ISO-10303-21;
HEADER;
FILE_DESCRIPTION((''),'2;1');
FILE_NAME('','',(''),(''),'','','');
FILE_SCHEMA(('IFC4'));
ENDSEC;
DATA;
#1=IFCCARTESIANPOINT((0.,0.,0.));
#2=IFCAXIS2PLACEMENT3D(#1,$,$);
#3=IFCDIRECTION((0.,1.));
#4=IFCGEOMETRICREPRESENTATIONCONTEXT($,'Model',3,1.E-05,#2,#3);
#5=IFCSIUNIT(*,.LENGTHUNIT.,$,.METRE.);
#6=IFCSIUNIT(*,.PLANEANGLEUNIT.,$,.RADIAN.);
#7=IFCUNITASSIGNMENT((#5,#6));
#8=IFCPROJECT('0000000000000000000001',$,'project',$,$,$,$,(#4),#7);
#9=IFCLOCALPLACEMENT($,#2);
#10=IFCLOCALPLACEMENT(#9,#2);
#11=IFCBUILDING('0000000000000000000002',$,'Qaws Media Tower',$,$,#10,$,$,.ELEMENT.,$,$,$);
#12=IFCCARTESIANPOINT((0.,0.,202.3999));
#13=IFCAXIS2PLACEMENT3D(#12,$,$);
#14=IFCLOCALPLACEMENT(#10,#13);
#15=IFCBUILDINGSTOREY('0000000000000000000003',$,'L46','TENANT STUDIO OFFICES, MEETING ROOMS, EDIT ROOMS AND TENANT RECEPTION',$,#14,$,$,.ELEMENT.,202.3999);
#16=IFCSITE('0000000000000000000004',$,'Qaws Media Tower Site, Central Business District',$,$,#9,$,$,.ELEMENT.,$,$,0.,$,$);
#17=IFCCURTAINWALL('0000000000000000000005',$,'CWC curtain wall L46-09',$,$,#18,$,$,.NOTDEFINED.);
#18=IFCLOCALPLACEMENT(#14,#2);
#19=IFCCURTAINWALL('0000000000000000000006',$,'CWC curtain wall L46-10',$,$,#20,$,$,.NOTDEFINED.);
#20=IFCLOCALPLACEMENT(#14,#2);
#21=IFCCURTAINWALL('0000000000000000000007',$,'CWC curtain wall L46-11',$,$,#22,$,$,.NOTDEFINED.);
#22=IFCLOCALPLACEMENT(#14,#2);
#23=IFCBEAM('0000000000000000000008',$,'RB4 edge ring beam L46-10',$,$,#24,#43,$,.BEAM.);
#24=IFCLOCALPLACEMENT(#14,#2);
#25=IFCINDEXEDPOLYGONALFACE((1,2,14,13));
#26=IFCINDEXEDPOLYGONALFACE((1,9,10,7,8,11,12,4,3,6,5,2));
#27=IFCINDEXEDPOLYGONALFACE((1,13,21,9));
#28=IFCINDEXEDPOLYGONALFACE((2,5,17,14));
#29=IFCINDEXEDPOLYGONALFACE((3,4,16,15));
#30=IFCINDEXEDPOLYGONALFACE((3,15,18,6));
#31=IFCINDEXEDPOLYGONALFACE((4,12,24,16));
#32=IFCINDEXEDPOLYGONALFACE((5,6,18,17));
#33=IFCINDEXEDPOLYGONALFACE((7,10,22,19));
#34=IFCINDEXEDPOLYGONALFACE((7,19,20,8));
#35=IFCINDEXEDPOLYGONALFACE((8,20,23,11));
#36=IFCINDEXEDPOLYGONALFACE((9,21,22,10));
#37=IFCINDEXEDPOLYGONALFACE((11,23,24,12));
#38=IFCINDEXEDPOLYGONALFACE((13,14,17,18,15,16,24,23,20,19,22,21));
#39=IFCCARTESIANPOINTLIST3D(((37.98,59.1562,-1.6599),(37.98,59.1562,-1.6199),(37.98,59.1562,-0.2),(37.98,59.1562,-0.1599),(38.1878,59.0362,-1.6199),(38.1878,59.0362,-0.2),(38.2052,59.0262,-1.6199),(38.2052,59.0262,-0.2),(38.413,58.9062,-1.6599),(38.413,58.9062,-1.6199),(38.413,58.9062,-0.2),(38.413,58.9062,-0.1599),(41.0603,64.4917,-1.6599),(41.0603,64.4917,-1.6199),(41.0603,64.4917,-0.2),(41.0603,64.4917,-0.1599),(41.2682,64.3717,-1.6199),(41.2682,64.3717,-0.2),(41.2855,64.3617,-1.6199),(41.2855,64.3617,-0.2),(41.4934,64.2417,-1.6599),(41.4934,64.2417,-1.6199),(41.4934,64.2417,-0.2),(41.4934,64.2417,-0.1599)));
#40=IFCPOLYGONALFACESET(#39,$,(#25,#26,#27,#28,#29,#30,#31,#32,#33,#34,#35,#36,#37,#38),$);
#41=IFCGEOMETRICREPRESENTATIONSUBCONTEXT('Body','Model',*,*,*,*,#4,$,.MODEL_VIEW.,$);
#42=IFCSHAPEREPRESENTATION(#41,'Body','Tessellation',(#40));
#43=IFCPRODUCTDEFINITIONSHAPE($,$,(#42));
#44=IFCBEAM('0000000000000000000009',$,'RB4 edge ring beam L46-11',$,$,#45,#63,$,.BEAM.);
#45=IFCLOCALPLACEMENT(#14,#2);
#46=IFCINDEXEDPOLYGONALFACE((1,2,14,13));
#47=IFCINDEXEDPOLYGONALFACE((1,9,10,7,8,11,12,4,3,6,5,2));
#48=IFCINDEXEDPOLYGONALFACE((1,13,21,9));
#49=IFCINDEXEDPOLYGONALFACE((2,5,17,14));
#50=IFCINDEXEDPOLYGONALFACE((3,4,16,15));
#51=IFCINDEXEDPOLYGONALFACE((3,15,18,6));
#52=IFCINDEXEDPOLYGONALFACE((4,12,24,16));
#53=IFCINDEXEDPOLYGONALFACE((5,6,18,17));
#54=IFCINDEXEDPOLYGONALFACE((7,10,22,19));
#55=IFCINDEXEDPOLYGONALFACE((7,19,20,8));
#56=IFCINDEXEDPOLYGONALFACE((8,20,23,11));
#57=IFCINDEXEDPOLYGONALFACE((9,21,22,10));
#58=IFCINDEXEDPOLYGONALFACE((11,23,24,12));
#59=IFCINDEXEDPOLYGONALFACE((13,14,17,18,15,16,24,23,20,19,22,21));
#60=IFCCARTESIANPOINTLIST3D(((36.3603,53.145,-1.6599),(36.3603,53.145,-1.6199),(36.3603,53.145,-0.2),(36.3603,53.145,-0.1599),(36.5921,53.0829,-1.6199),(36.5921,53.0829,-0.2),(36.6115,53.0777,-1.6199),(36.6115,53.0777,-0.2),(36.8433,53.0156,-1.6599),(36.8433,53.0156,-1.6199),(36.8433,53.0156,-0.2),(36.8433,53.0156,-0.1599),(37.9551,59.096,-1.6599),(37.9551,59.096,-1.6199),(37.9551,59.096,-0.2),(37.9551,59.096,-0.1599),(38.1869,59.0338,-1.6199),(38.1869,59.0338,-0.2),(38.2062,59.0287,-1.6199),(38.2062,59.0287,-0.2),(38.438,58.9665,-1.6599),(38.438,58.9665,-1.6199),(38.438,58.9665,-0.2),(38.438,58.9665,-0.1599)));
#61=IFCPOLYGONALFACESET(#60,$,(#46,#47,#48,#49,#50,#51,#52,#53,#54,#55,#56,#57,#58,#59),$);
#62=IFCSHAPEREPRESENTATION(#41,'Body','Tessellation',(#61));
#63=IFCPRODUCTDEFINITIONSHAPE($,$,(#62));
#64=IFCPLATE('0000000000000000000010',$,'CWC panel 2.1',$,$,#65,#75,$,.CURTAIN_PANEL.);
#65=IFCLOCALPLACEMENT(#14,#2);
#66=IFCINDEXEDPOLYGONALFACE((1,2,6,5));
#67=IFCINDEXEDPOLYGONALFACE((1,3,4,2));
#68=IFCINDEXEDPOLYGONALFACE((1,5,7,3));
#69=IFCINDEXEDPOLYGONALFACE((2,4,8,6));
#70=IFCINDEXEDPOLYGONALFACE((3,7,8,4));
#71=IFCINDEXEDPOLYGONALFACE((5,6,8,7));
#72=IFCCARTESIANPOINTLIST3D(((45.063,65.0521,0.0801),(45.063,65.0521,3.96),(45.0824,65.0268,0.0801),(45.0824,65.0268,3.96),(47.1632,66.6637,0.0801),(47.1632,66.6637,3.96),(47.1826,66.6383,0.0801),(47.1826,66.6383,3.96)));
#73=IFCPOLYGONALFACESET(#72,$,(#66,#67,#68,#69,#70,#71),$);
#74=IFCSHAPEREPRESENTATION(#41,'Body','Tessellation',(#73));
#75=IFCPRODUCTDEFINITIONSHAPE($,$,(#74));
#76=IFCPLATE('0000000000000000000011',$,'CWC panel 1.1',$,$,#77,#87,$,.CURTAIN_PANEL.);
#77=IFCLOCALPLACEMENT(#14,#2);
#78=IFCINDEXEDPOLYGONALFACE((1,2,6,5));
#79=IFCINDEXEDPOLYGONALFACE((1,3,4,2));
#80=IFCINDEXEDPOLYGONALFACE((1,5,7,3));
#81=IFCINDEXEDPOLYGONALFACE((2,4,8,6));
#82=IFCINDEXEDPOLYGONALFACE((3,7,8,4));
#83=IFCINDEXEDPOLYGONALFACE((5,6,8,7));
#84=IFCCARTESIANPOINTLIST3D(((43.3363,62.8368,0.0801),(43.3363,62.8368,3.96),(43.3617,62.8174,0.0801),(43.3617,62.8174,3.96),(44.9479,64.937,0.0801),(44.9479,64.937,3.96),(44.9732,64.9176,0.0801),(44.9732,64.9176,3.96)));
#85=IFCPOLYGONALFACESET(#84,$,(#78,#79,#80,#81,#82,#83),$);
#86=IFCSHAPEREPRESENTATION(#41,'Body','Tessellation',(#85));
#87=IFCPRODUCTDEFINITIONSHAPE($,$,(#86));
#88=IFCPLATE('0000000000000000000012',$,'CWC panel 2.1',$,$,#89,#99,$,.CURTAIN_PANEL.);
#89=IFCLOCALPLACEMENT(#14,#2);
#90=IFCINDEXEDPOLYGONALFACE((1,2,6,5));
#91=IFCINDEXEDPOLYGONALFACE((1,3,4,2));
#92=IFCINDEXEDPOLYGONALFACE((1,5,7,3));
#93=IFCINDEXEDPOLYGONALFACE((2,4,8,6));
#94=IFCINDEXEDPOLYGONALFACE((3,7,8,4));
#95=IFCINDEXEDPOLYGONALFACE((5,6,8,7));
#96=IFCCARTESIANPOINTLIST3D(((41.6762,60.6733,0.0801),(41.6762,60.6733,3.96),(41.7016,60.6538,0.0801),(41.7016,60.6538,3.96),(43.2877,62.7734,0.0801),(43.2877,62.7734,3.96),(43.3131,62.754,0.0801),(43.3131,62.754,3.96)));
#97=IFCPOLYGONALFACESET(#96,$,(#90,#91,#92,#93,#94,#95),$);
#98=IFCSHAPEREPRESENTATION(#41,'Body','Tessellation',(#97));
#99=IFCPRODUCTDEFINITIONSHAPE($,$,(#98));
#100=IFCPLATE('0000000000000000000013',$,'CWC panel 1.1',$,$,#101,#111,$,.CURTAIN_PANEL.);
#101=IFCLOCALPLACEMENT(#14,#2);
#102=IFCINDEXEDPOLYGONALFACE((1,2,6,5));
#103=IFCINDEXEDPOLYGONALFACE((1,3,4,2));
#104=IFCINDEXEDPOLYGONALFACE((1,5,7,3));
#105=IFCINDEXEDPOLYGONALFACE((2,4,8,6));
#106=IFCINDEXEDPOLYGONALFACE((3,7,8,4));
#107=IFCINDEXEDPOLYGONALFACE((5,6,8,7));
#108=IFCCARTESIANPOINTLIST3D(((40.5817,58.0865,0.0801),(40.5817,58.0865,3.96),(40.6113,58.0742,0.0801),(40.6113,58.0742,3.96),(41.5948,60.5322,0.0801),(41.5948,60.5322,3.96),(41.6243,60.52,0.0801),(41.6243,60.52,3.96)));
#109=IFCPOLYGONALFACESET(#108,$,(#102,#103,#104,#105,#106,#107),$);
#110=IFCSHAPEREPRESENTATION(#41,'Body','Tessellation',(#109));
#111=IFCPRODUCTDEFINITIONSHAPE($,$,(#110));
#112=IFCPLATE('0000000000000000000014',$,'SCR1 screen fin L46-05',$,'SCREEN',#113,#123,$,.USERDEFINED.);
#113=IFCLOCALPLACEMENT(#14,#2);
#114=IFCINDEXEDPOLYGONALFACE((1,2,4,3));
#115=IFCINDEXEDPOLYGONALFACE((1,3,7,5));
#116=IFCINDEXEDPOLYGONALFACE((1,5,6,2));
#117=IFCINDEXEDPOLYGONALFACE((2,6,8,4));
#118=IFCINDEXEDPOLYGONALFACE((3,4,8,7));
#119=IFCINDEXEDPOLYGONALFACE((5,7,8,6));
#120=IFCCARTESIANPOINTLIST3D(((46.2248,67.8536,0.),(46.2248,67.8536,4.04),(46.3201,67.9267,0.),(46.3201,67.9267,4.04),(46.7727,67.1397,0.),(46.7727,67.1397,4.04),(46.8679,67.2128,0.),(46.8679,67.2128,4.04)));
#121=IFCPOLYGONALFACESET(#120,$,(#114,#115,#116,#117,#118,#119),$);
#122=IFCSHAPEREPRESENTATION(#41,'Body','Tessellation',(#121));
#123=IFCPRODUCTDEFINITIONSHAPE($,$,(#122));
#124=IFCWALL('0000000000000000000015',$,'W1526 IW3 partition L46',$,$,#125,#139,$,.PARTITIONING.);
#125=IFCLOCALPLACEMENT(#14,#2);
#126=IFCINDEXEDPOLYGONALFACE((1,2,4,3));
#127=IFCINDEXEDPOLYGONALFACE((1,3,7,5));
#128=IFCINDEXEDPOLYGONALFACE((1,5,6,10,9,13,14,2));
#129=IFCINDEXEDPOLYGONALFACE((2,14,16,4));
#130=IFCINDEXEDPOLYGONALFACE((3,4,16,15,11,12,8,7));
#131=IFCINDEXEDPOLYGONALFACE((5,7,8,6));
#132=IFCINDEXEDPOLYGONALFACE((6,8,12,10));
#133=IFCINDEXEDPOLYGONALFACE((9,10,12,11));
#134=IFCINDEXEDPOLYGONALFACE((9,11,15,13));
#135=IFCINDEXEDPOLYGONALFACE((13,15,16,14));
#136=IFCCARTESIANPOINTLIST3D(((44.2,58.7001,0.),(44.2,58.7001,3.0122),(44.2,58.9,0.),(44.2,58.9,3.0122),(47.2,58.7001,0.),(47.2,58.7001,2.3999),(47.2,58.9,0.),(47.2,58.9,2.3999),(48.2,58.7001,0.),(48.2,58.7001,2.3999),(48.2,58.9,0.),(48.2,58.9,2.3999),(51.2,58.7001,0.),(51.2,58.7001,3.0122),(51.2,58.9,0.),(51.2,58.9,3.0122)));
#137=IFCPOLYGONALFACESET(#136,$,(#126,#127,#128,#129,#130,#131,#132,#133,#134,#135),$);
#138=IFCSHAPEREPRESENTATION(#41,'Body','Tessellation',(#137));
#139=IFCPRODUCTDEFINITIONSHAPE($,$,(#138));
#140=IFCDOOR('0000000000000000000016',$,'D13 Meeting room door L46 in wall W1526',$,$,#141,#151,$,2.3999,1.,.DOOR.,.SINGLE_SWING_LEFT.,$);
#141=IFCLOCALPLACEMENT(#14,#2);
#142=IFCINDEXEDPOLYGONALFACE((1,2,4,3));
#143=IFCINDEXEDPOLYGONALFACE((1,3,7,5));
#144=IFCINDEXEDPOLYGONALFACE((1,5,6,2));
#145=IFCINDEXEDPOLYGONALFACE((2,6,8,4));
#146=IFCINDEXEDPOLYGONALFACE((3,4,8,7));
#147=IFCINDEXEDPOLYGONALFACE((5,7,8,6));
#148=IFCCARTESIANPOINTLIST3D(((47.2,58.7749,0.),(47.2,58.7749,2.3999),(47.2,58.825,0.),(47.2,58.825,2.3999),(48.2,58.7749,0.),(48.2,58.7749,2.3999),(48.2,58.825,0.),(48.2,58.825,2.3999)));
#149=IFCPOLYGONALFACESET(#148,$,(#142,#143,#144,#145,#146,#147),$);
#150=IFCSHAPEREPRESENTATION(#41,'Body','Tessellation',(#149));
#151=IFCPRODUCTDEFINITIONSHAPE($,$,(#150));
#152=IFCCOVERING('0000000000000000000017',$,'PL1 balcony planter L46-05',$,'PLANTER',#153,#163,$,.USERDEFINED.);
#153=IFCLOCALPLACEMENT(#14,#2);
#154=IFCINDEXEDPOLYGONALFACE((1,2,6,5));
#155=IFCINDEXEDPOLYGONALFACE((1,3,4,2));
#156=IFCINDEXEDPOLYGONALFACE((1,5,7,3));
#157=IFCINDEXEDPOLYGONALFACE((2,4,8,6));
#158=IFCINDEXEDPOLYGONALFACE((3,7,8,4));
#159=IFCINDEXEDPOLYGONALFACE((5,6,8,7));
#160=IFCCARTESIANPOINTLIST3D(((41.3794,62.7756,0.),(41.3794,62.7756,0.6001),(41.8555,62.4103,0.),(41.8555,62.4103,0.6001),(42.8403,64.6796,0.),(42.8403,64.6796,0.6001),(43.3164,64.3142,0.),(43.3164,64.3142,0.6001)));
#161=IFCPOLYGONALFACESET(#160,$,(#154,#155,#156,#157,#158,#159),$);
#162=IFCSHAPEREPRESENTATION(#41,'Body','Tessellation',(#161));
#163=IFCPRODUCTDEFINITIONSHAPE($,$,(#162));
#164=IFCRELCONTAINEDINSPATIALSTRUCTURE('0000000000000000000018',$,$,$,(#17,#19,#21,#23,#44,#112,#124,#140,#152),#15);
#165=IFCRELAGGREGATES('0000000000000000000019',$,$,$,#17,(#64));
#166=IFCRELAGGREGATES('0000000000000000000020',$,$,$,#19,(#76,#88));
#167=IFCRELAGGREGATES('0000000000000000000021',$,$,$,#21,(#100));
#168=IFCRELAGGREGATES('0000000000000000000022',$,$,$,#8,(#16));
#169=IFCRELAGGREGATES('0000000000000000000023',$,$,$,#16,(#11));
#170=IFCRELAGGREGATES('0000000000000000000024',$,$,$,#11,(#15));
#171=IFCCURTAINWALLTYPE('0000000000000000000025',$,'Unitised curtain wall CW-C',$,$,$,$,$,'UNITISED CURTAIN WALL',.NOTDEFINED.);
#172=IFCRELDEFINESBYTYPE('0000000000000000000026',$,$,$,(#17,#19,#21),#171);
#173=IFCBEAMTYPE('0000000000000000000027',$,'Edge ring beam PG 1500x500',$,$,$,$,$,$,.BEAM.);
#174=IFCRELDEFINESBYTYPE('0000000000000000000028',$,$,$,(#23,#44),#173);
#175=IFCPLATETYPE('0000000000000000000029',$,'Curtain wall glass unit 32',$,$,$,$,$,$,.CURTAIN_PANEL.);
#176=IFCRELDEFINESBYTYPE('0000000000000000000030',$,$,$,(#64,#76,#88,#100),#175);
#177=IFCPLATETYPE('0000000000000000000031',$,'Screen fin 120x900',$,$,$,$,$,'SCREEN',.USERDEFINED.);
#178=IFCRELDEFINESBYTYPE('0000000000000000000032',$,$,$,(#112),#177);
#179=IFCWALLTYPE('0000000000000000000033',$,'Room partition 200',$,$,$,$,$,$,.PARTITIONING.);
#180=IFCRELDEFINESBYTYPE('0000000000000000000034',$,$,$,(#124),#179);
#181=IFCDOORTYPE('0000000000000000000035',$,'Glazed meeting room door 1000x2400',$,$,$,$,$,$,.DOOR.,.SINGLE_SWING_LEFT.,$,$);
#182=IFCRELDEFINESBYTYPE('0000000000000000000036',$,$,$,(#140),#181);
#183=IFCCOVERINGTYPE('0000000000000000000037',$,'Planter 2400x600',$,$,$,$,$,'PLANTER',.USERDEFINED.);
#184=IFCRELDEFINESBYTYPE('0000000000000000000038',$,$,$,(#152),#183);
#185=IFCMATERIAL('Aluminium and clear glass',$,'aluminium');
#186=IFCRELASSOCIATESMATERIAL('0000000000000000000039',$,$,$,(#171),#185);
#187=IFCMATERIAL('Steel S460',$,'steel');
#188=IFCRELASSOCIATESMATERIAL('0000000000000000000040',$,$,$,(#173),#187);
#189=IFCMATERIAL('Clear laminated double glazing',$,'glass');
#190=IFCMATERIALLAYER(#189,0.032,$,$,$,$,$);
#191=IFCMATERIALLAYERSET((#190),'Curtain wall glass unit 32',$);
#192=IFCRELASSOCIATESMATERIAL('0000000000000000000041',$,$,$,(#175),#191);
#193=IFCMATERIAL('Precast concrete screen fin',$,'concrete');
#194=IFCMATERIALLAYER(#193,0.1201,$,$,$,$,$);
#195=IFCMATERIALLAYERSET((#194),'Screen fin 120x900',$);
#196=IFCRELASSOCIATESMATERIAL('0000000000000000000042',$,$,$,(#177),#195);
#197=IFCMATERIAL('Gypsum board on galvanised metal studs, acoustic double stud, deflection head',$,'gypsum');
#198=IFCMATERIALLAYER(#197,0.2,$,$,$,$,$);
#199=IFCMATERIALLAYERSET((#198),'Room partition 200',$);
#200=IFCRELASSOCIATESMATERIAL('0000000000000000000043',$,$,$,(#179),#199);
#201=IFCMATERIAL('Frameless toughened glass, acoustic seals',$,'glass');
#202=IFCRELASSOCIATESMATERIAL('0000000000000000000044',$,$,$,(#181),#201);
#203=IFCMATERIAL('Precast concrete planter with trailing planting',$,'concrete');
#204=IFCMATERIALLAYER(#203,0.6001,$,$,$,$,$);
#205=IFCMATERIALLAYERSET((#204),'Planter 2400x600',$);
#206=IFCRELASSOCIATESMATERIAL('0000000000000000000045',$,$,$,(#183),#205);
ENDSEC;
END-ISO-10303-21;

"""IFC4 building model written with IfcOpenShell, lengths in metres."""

from ifc_helpers import new_model, si_unit, direction, frame, frame_2d, origin, origin_2d, place, context, subcontext, project, spatial, rectangle, i_section, extrude, material, layer, layer_set, material_profile, profile_set, type_object, element, fill, aggregate, save


model = new_model("IFC4")

# Units and contexts
model_context = context("Model", 3, precision=1e-05, world=origin(), true_north=direction((0.0, 1.0)))
body_context = subcontext(model_context, "Body", "Model", "MODEL_VIEW")
ifc_project = project(units=[si_unit("LENGTHUNIT", "METRE"), si_unit("PLANEANGLEUNIT", "RADIAN")], contexts=[model_context])

# Site, building, storey
site_placement = place(None, origin())
site = spatial("IfcSite", under=ifc_project, at=site_placement, Name="Qaws Media Tower Site, Central Business District", CompositionType="ELEMENT", RefElevation=0.0)
building_placement = place(site_placement, origin())
building = spatial("IfcBuilding", under=site, at=building_placement, Name="Qaws Media Tower", CompositionType="ELEMENT")
storey_placement = place(building_placement, frame((0.0, 0.0, 202.3999)))
storey = spatial("IfcBuildingStorey", under=building, at=storey_placement, Name="L46", Description="TENANT STUDIO OFFICES, MEETING ROOMS, EDIT ROOMS AND TENANT RECEPTION", CompositionType="ELEMENT", Elevation=202.3999)

# Curtain wall
ifc_material_1 = material(Name="Aluminium and clear glass", Category="aluminium")
curtain_wall_type = type_object("IfcCurtainWallType", Name="Unitised curtain wall CW-C", ElementType="UNITISED CURTAIN WALL", PredefinedType="NOTDEFINED", material=ifc_material_1)
curtain_wall_1_placement = place(storey_placement, origin())
curtain_wall_1 = element("IfcCurtainWall", 1, at=curtain_wall_1_placement, inside=storey, type_object=curtain_wall_type, Name="CWC curtain wall L46-09", PredefinedType="NOTDEFINED")

# Curtain wall
curtain_wall_2_placement = place(storey_placement, origin())
curtain_wall_2 = element("IfcCurtainWall", 2, at=curtain_wall_2_placement, inside=storey, type_object=curtain_wall_type, Name="CWC curtain wall L46-10", PredefinedType="NOTDEFINED")

# Curtain wall
curtain_wall_3_placement = place(storey_placement, origin())
curtain_wall_3 = element("IfcCurtainWall", 3, at=curtain_wall_3_placement, inside=storey, type_object=curtain_wall_type, Name="CWC curtain wall L46-11", PredefinedType="NOTDEFINED")

# Beams
ifc_material_2 = material(Name="Steel S460", Category="steel")
ifc_material_profile_1 = material_profile(ifc_material_2, i_section(OverallWidth=0.5, OverallDepth=1.5, WebThickness=0.02, FlangeThickness=0.04, at=origin_2d()), Name="PG 1500x500")
ifc_profile_set_1 = profile_set([ifc_material_profile_1], Name="Steel S460")
beam_type = type_object("IfcBeamType", Name="Edge ring beam PG 1500x500", PredefinedType="BEAM", material=ifc_profile_set_1)
for number, where, z_axis, x_axis, name in (
    (4, (41.2769, 64.3667, -0.9099), (-0.499988, -0.866032, 0.0), (0.866032, -0.499988, 0.0), "RB4 edge ring beam L46-10"),
    (5, (38.1965, 59.0312, -0.9099), (-0.258846, -0.965919, 0.0), (0.965919, -0.258846, 0.0), "RB4 edge ring beam L46-11"),
):
    element("IfcBeam", number, at=place(storey_placement, frame(where, z_axis=z_axis, x_axis=x_axis)), inside=storey, type_object=beam_type, Name=name, PredefinedType="BEAM", context=body_context, shape_type="SweptSolid", body=[
        extrude(i_section(OverallWidth=0.5, OverallDepth=1.5, WebThickness=0.02, FlangeThickness=0.04, at=origin_2d()), origin(), (0.0, 0.0, 1.0), 6.1609),
    ])

# Plates
ifc_material_3 = material(Name="Clear laminated double glazing", Category="glass")
ifc_layer_1 = layer(ifc_material_3, 0.032)
ifc_layer_set_1 = layer_set([ifc_layer_1], Name="Curtain wall glass unit 32")
plate_type_1 = type_object("IfcPlateType", Name="Curtain wall glass unit 32", PredefinedType="CURTAIN_PANEL", material=ifc_layer_set_1)
plate_1_placement = place(storey_placement, frame((46.1228, 65.8452, 0.0801), z_axis=(0.0, 0.0, 1.0), x_axis=(-0.793353, -0.608761, 0.0)))
plate_1 = element("IfcPlate", 6, at=plate_1_placement, type_object=plate_type_1, Name="CWC panel 2.1", PredefinedType="CURTAIN_PANEL", context=body_context, shape_type="SweptSolid", body=[
    extrude(rectangle(XDim=2.6472, YDim=0.032, at=origin_2d()), origin(), (0.0, 0.0, 1.0), 3.8799),
])
aggregate(curtain_wall_1, [plate_1])
plate_2_placement = place(storey_placement, frame((44.1548, 63.8772, 0.0801), z_axis=(0.0, 0.0, 1.0), x_axis=(-0.608761, -0.793353, 0.0)))
plate_2 = element("IfcPlate", 7, at=plate_2_placement, type_object=plate_type_1, Name="CWC panel 1.1", PredefinedType="CURTAIN_PANEL", context=body_context, shape_type="SweptSolid", body=[
    extrude(rectangle(XDim=2.6472, YDim=0.032, at=origin_2d()), origin(), (0.0, 0.0, 1.0), 3.8799),
])
plate_3_placement = place(storey_placement, frame((42.4946, 61.7136, 0.0801), z_axis=(0.0, 0.0, 1.0), x_axis=(-0.608761, -0.793353, 0.0)))
plate_3 = element("IfcPlate", 8, at=plate_3_placement, type_object=plate_type_1, Name="CWC panel 2.1", PredefinedType="CURTAIN_PANEL", context=body_context, shape_type="SweptSolid", body=[
    extrude(rectangle(XDim=2.6472, YDim=0.032, at=origin_2d()), origin(), (0.0, 0.0, 1.0), 3.8799),
])
aggregate(curtain_wall_2, [plate_2, plate_3])
plate_4_placement = place(storey_placement, frame((41.103, 59.3032, 0.0801), z_axis=(0.0, 0.0, 1.0), x_axis=(-0.382683, -0.92388, 0.0)))
plate_4 = element("IfcPlate", 9, at=plate_4_placement, type_object=plate_type_1, Name="CWC panel 1.1", PredefinedType="CURTAIN_PANEL", context=body_context, shape_type="SweptSolid", body=[
    extrude(rectangle(XDim=2.6472, YDim=0.032, at=origin_2d()), origin(), (0.0, 0.0, 1.0), 3.8799),
])
aggregate(curtain_wall_3, [plate_4])
ifc_material_4 = material(Name="Precast concrete screen fin", Category="concrete")
ifc_layer_2 = layer(ifc_material_4, 0.1201)
ifc_layer_set_2 = layer_set([ifc_layer_2], Name="Screen fin 120x900")
plate_type_2 = type_object("IfcPlateType", Name="Screen fin 120x900", ElementType="SCREEN", PredefinedType="USERDEFINED", material=ifc_layer_set_2)
plate_5_placement = place(storey_placement, frame((46.5464, 67.5332, 0.0), z_axis=(0.0, 0.0, 1.0), x_axis=(-0.608761, 0.793353, 0.0)))
element("IfcPlate", 10, at=plate_5_placement, inside=storey, type_object=plate_type_2, Name="SCR1 screen fin L46-05", ObjectType="SCREEN", PredefinedType="USERDEFINED", context=body_context, shape_type="SweptSolid", body=[
    extrude(rectangle(XDim=0.8999, YDim=0.1201, at=origin_2d()), origin(), (0.0, 0.0, 1.0), 4.04),
])

# Wall, opening, door
ifc_material_5 = material(Name="Gypsum board on galvanised metal studs, acoustic double stud, deflection head", Category="gypsum")
ifc_layer_3 = layer(ifc_material_5, 0.2)
ifc_layer_set_3 = layer_set([ifc_layer_3], Name="Room partition 200")
wall_type = type_object("IfcWallType", Name="Room partition 200", PredefinedType="PARTITIONING", material=ifc_layer_set_3)
wall_placement = place(storey_placement, frame((44.2, 58.8, 0.0), z_axis=(0.0, 0.0, 1.0), x_axis=(1.0, 0.0, 0.0)))
wall = element("IfcWall", 11, at=wall_placement, inside=storey, type_object=wall_type, Name="W1526 IW3 partition L46", PredefinedType="PARTITIONING", context=body_context, shape_type="SweptSolid", body=[
    extrude(rectangle(XDim=7.0, YDim=0.2, at=frame_2d((3.5, 0.0))), origin(), (0.0, 0.0, 1.0), 3.0122),
])
opening_placement = place(wall_placement, frame((3.0, 0.0, 0.0)))
opening = element("IfcOpeningElement", 12, at=opening_placement, cuts=wall, PredefinedType="OPENING", context=body_context, shape_type="SweptSolid", body=[
    extrude(rectangle(XDim=1.0, YDim=2.3999, at=frame_2d((0.5, 1.2))), frame((0.0, 0.1099, 0.0), z_axis=(0.0, -1.0, 0.0), x_axis=(1.0, 0.0, 0.0)), (0.0, 0.0, 1.0), 0.22),
])
ifc_material_6 = material(Name="Frameless toughened glass, acoustic seals", Category="glass")
door_type = type_object("IfcDoorType", Name="Glazed meeting room door 1000x2400", OperationType="SINGLE_SWING_LEFT", PredefinedType="DOOR", material=ifc_material_6)
door_placement = place(opening_placement, origin())
door = element("IfcDoor", 13, at=door_placement, inside=storey, type_object=door_type, Name="D13 Meeting room door L46 in wall W1526", OperationType="SINGLE_SWING_LEFT", OverallHeight=2.3999, OverallWidth=1.0, PredefinedType="DOOR", context=body_context, shape_type="SweptSolid", body=[
    extrude(rectangle(XDim=1.0, YDim=2.3999, at=frame_2d((0.5, 1.2))), frame((0.0, 0.0249, 0.0), z_axis=(0.0, -1.0, 0.0), x_axis=(1.0, 0.0, 0.0)), (0.0, 0.0, 1.0), 0.05),
])
fill(opening, door)

# Covering
ifc_material_7 = material(Name="Precast concrete planter with trailing planting", Category="concrete")
ifc_layer_4 = layer(ifc_material_7, 0.6001)
ifc_layer_set_4 = layer_set([ifc_layer_4], Name="Planter 2400x600")
covering_type = type_object("IfcCoveringType", Name="Planter 2400x600", ElementType="PLANTER", PredefinedType="USERDEFINED", material=ifc_layer_set_4)
covering_placement = place(storey_placement, frame((42.3479, 63.5449, 0.0), z_axis=(0.0, 0.0, 1.0), x_axis=(-0.608761, -0.793353, 0.0)))
element("IfcCovering", 14, at=covering_placement, inside=storey, type_object=covering_type, Name="PL1 balcony planter L46-05", ObjectType="PLANTER", PredefinedType="USERDEFINED", context=body_context, shape_type="SweptSolid", body=[
    extrude(rectangle(XDim=2.3999, YDim=0.6001, at=origin_2d()), origin(), (0.0, 0.0, 1.0), 0.6001),
])

save(model, "model.ifc")
